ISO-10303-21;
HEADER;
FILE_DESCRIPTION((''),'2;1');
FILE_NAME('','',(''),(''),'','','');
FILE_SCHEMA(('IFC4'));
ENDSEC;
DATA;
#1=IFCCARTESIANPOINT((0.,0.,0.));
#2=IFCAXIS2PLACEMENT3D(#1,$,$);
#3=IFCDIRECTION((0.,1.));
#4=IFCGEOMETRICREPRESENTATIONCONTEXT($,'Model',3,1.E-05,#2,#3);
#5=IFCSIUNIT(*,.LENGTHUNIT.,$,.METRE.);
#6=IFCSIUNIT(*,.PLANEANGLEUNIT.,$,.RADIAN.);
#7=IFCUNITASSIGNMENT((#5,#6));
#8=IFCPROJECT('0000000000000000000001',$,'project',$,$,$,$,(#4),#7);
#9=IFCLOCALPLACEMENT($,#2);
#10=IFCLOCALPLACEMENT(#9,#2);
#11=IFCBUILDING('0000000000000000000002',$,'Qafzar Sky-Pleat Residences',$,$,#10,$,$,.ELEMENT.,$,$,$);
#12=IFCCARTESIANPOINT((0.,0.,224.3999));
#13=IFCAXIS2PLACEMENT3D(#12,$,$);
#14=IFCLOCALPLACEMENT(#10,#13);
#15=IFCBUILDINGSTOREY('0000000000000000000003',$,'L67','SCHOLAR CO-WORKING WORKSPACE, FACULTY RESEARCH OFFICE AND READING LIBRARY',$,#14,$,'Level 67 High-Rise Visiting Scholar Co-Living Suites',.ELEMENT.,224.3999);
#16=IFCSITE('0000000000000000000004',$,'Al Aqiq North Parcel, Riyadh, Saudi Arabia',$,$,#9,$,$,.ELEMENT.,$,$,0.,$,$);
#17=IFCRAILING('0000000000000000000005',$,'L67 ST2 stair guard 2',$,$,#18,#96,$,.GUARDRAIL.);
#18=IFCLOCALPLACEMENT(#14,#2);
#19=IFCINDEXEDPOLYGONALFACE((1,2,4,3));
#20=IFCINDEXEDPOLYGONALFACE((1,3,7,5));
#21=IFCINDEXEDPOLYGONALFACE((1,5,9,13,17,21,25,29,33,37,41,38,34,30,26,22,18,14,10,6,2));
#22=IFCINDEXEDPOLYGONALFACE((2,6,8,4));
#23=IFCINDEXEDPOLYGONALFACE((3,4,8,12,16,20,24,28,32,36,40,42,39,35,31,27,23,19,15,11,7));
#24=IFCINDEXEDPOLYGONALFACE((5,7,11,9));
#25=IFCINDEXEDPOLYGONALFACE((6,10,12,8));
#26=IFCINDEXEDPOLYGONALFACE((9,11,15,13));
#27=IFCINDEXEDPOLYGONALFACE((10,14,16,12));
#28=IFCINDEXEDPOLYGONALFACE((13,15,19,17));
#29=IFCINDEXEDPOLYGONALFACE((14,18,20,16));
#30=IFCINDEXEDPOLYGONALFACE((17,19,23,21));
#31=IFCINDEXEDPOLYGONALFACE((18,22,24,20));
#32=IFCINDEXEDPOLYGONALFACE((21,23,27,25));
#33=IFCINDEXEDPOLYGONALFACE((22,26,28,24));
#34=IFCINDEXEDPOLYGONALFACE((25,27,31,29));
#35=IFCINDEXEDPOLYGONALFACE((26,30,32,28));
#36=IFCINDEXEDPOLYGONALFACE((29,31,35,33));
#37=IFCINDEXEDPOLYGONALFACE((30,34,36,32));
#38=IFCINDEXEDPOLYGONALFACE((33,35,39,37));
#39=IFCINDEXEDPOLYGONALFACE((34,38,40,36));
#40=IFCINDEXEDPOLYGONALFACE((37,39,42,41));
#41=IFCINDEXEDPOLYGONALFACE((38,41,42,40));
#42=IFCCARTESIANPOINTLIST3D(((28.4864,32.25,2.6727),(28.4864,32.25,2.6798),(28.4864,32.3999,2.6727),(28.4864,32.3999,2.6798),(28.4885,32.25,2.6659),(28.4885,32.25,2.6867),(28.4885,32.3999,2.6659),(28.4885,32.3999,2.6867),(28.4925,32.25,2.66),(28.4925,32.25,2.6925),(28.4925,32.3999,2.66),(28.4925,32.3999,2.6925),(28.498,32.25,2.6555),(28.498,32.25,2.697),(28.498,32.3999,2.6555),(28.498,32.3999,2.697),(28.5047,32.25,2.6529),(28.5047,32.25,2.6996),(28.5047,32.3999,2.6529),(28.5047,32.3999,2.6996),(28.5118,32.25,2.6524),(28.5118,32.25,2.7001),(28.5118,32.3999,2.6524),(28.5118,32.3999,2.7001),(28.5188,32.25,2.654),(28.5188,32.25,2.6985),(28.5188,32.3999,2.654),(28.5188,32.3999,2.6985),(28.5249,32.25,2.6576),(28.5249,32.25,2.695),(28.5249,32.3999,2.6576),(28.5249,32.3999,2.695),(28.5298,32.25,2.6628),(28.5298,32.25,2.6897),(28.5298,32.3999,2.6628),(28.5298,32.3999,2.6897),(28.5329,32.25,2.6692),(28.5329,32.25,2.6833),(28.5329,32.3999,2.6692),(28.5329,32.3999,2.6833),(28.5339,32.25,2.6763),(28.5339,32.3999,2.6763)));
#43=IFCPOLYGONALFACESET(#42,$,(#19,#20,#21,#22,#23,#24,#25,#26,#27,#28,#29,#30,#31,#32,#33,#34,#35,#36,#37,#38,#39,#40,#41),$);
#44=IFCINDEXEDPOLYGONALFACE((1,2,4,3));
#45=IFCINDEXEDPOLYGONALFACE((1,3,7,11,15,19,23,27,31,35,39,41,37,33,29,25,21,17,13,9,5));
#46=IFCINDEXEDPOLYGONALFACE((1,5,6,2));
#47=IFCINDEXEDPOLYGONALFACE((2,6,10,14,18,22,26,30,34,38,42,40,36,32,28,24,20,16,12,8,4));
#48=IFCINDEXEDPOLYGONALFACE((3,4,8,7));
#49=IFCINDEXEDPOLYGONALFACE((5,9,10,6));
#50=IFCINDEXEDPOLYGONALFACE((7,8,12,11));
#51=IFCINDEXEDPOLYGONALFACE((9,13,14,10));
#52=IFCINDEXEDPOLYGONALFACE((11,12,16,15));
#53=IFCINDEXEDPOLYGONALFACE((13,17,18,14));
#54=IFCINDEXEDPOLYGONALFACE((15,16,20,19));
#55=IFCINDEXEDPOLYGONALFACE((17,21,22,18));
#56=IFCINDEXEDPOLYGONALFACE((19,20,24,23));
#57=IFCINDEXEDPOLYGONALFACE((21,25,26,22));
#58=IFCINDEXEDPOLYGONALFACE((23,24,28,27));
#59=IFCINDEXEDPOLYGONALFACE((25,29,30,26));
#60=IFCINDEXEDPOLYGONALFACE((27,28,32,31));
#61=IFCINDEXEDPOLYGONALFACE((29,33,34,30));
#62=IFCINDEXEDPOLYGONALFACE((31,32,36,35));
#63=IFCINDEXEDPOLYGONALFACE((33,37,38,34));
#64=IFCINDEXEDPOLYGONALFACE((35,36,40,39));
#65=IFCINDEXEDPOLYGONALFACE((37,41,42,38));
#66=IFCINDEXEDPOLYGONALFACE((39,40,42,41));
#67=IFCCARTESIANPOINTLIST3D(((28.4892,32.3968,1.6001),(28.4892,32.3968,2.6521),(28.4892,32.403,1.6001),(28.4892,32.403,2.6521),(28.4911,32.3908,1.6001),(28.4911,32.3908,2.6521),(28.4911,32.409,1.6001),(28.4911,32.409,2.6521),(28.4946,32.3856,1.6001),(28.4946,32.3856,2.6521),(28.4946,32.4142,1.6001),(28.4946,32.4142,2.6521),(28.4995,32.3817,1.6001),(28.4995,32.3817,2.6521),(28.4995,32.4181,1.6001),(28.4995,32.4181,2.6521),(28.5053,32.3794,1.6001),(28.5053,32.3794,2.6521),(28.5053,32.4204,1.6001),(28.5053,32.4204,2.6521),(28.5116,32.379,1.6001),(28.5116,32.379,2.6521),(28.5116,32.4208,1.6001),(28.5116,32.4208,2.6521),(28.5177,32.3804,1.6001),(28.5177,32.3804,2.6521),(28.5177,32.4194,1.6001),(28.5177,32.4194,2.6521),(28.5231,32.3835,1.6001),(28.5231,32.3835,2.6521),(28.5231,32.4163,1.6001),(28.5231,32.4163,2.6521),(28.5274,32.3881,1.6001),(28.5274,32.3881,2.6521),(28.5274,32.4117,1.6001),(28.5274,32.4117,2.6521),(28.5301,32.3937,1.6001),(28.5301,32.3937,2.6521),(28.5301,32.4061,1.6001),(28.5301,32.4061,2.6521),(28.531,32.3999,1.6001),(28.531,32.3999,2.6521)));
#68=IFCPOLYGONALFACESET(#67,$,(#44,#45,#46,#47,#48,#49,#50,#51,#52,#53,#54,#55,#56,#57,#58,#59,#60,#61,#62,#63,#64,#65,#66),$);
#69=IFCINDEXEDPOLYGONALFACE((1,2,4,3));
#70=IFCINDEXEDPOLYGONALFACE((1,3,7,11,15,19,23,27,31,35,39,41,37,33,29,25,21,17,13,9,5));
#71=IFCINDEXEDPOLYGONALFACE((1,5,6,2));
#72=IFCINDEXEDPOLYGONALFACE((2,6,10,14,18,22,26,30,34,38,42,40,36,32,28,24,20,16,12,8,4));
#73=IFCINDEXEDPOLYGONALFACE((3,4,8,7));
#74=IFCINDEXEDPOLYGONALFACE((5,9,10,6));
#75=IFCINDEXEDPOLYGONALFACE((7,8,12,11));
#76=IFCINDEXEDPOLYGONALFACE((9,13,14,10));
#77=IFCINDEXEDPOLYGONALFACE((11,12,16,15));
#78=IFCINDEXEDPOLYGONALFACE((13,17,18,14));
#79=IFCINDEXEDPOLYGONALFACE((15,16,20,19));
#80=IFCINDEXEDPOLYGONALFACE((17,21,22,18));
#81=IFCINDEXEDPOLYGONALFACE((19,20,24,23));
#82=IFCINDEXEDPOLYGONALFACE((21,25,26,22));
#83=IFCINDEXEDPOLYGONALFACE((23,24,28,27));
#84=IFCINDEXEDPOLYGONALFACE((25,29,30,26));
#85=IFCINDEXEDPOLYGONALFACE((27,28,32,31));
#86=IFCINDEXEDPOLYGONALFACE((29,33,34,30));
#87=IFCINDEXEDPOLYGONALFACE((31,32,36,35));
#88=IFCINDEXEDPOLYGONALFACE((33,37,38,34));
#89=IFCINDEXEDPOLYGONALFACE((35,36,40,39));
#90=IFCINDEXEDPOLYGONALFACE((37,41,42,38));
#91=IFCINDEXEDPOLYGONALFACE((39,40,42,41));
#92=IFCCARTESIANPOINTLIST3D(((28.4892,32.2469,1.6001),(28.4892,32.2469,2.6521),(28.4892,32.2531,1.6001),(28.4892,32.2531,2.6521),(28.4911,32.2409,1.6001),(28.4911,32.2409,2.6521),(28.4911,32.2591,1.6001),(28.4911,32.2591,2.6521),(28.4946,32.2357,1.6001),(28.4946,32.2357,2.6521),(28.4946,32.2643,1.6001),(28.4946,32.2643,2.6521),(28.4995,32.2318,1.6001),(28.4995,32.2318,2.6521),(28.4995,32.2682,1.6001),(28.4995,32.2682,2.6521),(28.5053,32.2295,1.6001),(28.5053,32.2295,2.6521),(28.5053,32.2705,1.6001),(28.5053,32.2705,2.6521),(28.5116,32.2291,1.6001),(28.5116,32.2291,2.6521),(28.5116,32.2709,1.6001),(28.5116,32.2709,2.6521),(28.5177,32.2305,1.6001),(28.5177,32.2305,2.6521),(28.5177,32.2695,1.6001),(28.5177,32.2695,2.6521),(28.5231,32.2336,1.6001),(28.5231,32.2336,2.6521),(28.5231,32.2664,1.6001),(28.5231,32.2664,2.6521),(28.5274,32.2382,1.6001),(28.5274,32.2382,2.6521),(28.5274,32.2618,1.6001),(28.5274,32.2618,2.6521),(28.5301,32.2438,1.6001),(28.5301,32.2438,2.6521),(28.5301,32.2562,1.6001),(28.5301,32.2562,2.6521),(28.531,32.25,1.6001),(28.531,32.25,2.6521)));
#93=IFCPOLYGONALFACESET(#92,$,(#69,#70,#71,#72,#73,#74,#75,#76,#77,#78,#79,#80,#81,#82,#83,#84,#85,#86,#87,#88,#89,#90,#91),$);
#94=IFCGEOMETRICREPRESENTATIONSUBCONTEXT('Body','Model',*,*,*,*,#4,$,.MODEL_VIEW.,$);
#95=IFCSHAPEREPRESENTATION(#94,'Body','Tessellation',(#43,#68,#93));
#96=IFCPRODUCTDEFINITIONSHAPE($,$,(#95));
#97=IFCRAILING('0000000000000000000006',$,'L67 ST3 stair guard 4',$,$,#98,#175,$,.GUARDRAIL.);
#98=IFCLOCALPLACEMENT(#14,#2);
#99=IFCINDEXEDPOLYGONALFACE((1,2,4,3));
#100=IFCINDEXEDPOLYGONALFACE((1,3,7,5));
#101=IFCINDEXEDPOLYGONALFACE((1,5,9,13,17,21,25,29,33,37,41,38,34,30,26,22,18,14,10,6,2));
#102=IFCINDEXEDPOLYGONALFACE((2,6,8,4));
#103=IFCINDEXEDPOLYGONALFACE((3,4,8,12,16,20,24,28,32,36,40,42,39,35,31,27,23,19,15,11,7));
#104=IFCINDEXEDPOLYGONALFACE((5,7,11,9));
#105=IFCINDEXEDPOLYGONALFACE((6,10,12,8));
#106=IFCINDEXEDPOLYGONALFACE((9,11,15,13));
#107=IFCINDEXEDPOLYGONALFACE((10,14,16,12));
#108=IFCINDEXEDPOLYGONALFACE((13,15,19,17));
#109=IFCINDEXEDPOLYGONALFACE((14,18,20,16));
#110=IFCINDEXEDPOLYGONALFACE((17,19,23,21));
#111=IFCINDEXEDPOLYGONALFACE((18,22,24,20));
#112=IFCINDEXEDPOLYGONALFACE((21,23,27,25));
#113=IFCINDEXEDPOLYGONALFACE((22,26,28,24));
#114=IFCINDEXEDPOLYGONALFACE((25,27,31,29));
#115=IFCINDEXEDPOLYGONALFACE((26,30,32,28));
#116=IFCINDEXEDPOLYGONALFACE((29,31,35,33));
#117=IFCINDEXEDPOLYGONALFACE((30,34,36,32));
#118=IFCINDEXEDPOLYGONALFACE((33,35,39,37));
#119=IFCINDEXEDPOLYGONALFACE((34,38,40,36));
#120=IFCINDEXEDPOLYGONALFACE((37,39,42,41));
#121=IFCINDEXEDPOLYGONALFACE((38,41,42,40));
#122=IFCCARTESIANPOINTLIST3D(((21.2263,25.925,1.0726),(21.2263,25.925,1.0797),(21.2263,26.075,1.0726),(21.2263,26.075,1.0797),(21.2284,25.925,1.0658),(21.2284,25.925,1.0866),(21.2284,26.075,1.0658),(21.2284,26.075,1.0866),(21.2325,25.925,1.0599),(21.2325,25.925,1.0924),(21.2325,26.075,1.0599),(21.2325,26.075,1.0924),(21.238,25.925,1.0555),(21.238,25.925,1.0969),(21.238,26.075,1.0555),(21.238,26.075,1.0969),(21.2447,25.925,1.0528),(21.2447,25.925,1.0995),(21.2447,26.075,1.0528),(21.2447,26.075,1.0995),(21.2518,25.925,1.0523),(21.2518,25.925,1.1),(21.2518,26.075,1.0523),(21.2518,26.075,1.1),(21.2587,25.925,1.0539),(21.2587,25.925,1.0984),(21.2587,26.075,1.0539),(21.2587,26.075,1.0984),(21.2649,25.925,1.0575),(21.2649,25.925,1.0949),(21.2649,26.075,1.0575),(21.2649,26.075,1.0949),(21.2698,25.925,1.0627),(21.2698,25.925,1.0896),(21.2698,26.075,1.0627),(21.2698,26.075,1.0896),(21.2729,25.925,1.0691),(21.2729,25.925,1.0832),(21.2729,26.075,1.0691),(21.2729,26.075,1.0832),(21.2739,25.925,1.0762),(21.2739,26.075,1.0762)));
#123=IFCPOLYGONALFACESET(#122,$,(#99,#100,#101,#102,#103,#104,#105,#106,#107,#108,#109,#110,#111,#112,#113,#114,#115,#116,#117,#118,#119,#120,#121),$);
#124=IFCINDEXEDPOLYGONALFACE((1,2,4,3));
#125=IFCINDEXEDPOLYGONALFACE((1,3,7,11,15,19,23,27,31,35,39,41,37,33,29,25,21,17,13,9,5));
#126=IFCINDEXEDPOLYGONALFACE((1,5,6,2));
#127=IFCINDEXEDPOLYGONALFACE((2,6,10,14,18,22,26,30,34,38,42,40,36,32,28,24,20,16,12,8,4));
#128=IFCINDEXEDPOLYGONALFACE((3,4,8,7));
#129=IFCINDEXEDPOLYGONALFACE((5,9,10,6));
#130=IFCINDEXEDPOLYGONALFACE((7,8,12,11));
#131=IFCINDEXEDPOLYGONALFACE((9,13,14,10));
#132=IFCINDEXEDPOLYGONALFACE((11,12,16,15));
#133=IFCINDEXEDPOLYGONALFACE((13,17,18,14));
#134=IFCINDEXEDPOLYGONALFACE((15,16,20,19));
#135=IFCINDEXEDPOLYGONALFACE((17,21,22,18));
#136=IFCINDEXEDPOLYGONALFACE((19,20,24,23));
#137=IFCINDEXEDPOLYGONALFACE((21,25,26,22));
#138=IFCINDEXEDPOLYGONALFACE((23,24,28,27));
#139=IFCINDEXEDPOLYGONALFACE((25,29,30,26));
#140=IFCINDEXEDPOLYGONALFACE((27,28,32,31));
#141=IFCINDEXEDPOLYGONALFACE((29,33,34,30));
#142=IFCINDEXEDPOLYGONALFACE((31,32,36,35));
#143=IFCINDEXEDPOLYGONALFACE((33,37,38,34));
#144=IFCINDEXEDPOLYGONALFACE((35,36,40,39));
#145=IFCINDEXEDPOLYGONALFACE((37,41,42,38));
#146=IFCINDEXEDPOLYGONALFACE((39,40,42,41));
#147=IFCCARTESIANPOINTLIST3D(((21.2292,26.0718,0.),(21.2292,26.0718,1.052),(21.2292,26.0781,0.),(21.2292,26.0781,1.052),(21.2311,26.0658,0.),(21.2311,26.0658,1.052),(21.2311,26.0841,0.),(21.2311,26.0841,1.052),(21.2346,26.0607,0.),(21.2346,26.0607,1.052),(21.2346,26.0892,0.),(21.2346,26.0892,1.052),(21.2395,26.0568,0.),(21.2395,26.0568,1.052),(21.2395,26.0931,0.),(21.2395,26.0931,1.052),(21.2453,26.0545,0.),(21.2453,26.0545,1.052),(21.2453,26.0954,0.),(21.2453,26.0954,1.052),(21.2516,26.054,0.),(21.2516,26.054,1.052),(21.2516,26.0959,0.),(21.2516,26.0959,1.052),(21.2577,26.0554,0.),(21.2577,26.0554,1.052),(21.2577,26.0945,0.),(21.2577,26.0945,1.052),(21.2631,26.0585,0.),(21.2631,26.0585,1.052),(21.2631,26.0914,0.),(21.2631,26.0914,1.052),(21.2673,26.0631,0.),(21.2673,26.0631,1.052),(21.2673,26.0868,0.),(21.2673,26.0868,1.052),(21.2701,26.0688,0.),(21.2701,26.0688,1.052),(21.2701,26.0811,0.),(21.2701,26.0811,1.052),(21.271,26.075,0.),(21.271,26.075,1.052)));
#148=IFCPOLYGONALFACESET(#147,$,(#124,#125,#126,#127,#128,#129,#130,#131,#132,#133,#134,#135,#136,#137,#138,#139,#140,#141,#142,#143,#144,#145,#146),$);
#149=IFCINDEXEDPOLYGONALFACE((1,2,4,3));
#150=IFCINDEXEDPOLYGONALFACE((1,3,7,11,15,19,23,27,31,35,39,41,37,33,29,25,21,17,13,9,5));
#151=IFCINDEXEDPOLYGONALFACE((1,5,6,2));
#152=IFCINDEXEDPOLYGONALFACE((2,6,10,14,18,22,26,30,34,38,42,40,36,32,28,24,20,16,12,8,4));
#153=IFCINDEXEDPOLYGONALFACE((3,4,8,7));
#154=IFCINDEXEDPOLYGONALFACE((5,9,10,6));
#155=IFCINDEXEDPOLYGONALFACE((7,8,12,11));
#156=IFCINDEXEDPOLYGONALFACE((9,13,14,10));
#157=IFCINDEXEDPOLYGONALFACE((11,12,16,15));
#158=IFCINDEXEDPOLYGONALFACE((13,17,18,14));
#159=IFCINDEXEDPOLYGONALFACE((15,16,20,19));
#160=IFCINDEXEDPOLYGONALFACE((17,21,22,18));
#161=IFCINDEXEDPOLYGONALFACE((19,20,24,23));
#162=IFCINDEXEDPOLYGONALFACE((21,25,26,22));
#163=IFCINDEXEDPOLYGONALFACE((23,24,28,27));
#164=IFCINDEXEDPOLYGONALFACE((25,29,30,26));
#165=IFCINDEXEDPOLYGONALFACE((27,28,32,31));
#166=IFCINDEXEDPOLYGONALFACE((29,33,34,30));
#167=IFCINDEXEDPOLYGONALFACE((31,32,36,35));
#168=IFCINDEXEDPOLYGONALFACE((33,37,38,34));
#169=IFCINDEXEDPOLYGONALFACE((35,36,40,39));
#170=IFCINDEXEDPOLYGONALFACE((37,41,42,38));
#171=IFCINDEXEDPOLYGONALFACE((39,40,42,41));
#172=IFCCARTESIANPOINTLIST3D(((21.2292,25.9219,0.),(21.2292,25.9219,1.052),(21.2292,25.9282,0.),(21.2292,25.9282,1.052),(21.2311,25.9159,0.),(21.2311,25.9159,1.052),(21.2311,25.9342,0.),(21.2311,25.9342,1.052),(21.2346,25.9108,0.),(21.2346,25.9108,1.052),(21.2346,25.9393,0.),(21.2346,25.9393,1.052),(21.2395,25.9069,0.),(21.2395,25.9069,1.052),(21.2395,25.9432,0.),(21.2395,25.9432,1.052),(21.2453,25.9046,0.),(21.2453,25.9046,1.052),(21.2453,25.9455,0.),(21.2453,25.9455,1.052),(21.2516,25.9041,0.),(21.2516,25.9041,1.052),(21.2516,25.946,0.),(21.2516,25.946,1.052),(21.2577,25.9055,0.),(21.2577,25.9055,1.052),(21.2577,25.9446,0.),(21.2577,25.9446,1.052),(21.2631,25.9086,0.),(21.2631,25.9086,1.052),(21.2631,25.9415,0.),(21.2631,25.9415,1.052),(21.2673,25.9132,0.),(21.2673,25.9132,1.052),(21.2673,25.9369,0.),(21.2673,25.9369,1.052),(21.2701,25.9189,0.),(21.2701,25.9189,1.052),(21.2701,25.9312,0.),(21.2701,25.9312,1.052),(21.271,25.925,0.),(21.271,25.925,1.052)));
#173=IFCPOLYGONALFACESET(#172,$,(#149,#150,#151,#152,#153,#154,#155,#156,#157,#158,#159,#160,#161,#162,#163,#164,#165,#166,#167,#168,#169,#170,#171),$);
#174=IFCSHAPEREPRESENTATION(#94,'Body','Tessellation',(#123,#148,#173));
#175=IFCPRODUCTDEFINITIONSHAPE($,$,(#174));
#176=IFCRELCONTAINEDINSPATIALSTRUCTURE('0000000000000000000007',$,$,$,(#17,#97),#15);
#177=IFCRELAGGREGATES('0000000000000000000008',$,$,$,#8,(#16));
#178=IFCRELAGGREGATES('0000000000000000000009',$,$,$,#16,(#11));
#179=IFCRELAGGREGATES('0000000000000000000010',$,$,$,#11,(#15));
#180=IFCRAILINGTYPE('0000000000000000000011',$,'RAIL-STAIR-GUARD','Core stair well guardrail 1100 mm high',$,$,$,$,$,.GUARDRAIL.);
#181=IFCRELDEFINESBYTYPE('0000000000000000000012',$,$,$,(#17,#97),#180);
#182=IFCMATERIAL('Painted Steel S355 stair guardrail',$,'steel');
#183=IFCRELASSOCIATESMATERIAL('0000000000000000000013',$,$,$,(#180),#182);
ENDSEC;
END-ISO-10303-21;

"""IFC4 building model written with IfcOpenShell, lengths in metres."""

from ifc_helpers import new_model, si_unit, direction, frame, origin, origin_2d, place, context, subcontext, project, spatial, circle, extrude, source, transform, mapped, material, type_object, element, save


model = new_model("IFC4")

# Units and contexts
model_context = context("Model", 3, precision=1e-05, world=origin(), true_north=direction((0.0, 1.0)))
body_context = subcontext(model_context, "Body", "Model", "MODEL_VIEW")
ifc_project = project(units=[si_unit("LENGTHUNIT", "METRE"), si_unit("PLANEANGLEUNIT", "RADIAN")], contexts=[model_context])

# Site, building, storey
site_placement = place(None, origin())
site = spatial("IfcSite", under=ifc_project, at=site_placement, Name="Al Aqiq North Parcel, Riyadh, Saudi Arabia", CompositionType="ELEMENT", RefElevation=0.0)
building_placement = place(site_placement, origin())
building = spatial("IfcBuilding", under=site, at=building_placement, Name="Qafzar Sky-Pleat Residences", CompositionType="ELEMENT")
storey_placement = place(building_placement, frame((0.0, 0.0, 224.3999)))
storey = spatial("IfcBuildingStorey", under=building, at=storey_placement, Name="L67", Description="SCHOLAR CO-WORKING WORKSPACE, FACULTY RESEARCH OFFICE AND READING LIBRARY", LongName="Level 67 High-Rise Visiting Scholar Co-Living Suites", CompositionType="ELEMENT", Elevation=224.3999)

# Railings
ifc_material_1 = material(Name="Painted Steel S355 stair guardrail", Category="steel")
railing_type = type_object("IfcRailingType", Name="RAIL-STAIR-GUARD", Description="Core stair well guardrail 1100 mm high", PredefinedType="GUARDRAIL", material=ifc_material_1)
shared_shape_1 = source(origin(), body_context, "Body", "SweptSolid", [
    extrude(circle(Radius=0.0239, at=origin_2d()), frame((0.0, 0.0, 1.0762), z_axis=(0.0, -1.0, 0.0), x_axis=(1.0, 0.0, 0.0)), (0.0, 0.0, 1.0), 0.1499),
    extrude(circle(Radius=0.021, at=origin_2d()), origin(), (0.0, 0.0, 1.0), 1.052),
    extrude(circle(Radius=0.021, at=origin_2d()), frame((0.0, -0.1499, 0.0)), (0.0, 0.0, 1.0), 1.052),
])
for number, where, name in (
    (1, (28.51, 32.3999, 1.6001), "L67 ST2 stair guard 2"),
    (2, (21.25, 26.075, 0.0), "L67 ST3 stair guard 4"),
):
    element("IfcRailing", number, at=place(storey_placement, frame(where)), inside=storey, type_object=railing_type, Name=name, PredefinedType="GUARDRAIL", context=body_context, shape_type="MappedRepresentation", body=[
        mapped(shared_shape_1, transform((0.0, 0.0, 0.0), x_axis=(1.0, 0.0, 0.0), y_axis=(0.0, 1.0, 0.0), z_axis=(0.0, 0.0, 1.0), scale=1.0)),
    ])

save(model, "model.ifc")
